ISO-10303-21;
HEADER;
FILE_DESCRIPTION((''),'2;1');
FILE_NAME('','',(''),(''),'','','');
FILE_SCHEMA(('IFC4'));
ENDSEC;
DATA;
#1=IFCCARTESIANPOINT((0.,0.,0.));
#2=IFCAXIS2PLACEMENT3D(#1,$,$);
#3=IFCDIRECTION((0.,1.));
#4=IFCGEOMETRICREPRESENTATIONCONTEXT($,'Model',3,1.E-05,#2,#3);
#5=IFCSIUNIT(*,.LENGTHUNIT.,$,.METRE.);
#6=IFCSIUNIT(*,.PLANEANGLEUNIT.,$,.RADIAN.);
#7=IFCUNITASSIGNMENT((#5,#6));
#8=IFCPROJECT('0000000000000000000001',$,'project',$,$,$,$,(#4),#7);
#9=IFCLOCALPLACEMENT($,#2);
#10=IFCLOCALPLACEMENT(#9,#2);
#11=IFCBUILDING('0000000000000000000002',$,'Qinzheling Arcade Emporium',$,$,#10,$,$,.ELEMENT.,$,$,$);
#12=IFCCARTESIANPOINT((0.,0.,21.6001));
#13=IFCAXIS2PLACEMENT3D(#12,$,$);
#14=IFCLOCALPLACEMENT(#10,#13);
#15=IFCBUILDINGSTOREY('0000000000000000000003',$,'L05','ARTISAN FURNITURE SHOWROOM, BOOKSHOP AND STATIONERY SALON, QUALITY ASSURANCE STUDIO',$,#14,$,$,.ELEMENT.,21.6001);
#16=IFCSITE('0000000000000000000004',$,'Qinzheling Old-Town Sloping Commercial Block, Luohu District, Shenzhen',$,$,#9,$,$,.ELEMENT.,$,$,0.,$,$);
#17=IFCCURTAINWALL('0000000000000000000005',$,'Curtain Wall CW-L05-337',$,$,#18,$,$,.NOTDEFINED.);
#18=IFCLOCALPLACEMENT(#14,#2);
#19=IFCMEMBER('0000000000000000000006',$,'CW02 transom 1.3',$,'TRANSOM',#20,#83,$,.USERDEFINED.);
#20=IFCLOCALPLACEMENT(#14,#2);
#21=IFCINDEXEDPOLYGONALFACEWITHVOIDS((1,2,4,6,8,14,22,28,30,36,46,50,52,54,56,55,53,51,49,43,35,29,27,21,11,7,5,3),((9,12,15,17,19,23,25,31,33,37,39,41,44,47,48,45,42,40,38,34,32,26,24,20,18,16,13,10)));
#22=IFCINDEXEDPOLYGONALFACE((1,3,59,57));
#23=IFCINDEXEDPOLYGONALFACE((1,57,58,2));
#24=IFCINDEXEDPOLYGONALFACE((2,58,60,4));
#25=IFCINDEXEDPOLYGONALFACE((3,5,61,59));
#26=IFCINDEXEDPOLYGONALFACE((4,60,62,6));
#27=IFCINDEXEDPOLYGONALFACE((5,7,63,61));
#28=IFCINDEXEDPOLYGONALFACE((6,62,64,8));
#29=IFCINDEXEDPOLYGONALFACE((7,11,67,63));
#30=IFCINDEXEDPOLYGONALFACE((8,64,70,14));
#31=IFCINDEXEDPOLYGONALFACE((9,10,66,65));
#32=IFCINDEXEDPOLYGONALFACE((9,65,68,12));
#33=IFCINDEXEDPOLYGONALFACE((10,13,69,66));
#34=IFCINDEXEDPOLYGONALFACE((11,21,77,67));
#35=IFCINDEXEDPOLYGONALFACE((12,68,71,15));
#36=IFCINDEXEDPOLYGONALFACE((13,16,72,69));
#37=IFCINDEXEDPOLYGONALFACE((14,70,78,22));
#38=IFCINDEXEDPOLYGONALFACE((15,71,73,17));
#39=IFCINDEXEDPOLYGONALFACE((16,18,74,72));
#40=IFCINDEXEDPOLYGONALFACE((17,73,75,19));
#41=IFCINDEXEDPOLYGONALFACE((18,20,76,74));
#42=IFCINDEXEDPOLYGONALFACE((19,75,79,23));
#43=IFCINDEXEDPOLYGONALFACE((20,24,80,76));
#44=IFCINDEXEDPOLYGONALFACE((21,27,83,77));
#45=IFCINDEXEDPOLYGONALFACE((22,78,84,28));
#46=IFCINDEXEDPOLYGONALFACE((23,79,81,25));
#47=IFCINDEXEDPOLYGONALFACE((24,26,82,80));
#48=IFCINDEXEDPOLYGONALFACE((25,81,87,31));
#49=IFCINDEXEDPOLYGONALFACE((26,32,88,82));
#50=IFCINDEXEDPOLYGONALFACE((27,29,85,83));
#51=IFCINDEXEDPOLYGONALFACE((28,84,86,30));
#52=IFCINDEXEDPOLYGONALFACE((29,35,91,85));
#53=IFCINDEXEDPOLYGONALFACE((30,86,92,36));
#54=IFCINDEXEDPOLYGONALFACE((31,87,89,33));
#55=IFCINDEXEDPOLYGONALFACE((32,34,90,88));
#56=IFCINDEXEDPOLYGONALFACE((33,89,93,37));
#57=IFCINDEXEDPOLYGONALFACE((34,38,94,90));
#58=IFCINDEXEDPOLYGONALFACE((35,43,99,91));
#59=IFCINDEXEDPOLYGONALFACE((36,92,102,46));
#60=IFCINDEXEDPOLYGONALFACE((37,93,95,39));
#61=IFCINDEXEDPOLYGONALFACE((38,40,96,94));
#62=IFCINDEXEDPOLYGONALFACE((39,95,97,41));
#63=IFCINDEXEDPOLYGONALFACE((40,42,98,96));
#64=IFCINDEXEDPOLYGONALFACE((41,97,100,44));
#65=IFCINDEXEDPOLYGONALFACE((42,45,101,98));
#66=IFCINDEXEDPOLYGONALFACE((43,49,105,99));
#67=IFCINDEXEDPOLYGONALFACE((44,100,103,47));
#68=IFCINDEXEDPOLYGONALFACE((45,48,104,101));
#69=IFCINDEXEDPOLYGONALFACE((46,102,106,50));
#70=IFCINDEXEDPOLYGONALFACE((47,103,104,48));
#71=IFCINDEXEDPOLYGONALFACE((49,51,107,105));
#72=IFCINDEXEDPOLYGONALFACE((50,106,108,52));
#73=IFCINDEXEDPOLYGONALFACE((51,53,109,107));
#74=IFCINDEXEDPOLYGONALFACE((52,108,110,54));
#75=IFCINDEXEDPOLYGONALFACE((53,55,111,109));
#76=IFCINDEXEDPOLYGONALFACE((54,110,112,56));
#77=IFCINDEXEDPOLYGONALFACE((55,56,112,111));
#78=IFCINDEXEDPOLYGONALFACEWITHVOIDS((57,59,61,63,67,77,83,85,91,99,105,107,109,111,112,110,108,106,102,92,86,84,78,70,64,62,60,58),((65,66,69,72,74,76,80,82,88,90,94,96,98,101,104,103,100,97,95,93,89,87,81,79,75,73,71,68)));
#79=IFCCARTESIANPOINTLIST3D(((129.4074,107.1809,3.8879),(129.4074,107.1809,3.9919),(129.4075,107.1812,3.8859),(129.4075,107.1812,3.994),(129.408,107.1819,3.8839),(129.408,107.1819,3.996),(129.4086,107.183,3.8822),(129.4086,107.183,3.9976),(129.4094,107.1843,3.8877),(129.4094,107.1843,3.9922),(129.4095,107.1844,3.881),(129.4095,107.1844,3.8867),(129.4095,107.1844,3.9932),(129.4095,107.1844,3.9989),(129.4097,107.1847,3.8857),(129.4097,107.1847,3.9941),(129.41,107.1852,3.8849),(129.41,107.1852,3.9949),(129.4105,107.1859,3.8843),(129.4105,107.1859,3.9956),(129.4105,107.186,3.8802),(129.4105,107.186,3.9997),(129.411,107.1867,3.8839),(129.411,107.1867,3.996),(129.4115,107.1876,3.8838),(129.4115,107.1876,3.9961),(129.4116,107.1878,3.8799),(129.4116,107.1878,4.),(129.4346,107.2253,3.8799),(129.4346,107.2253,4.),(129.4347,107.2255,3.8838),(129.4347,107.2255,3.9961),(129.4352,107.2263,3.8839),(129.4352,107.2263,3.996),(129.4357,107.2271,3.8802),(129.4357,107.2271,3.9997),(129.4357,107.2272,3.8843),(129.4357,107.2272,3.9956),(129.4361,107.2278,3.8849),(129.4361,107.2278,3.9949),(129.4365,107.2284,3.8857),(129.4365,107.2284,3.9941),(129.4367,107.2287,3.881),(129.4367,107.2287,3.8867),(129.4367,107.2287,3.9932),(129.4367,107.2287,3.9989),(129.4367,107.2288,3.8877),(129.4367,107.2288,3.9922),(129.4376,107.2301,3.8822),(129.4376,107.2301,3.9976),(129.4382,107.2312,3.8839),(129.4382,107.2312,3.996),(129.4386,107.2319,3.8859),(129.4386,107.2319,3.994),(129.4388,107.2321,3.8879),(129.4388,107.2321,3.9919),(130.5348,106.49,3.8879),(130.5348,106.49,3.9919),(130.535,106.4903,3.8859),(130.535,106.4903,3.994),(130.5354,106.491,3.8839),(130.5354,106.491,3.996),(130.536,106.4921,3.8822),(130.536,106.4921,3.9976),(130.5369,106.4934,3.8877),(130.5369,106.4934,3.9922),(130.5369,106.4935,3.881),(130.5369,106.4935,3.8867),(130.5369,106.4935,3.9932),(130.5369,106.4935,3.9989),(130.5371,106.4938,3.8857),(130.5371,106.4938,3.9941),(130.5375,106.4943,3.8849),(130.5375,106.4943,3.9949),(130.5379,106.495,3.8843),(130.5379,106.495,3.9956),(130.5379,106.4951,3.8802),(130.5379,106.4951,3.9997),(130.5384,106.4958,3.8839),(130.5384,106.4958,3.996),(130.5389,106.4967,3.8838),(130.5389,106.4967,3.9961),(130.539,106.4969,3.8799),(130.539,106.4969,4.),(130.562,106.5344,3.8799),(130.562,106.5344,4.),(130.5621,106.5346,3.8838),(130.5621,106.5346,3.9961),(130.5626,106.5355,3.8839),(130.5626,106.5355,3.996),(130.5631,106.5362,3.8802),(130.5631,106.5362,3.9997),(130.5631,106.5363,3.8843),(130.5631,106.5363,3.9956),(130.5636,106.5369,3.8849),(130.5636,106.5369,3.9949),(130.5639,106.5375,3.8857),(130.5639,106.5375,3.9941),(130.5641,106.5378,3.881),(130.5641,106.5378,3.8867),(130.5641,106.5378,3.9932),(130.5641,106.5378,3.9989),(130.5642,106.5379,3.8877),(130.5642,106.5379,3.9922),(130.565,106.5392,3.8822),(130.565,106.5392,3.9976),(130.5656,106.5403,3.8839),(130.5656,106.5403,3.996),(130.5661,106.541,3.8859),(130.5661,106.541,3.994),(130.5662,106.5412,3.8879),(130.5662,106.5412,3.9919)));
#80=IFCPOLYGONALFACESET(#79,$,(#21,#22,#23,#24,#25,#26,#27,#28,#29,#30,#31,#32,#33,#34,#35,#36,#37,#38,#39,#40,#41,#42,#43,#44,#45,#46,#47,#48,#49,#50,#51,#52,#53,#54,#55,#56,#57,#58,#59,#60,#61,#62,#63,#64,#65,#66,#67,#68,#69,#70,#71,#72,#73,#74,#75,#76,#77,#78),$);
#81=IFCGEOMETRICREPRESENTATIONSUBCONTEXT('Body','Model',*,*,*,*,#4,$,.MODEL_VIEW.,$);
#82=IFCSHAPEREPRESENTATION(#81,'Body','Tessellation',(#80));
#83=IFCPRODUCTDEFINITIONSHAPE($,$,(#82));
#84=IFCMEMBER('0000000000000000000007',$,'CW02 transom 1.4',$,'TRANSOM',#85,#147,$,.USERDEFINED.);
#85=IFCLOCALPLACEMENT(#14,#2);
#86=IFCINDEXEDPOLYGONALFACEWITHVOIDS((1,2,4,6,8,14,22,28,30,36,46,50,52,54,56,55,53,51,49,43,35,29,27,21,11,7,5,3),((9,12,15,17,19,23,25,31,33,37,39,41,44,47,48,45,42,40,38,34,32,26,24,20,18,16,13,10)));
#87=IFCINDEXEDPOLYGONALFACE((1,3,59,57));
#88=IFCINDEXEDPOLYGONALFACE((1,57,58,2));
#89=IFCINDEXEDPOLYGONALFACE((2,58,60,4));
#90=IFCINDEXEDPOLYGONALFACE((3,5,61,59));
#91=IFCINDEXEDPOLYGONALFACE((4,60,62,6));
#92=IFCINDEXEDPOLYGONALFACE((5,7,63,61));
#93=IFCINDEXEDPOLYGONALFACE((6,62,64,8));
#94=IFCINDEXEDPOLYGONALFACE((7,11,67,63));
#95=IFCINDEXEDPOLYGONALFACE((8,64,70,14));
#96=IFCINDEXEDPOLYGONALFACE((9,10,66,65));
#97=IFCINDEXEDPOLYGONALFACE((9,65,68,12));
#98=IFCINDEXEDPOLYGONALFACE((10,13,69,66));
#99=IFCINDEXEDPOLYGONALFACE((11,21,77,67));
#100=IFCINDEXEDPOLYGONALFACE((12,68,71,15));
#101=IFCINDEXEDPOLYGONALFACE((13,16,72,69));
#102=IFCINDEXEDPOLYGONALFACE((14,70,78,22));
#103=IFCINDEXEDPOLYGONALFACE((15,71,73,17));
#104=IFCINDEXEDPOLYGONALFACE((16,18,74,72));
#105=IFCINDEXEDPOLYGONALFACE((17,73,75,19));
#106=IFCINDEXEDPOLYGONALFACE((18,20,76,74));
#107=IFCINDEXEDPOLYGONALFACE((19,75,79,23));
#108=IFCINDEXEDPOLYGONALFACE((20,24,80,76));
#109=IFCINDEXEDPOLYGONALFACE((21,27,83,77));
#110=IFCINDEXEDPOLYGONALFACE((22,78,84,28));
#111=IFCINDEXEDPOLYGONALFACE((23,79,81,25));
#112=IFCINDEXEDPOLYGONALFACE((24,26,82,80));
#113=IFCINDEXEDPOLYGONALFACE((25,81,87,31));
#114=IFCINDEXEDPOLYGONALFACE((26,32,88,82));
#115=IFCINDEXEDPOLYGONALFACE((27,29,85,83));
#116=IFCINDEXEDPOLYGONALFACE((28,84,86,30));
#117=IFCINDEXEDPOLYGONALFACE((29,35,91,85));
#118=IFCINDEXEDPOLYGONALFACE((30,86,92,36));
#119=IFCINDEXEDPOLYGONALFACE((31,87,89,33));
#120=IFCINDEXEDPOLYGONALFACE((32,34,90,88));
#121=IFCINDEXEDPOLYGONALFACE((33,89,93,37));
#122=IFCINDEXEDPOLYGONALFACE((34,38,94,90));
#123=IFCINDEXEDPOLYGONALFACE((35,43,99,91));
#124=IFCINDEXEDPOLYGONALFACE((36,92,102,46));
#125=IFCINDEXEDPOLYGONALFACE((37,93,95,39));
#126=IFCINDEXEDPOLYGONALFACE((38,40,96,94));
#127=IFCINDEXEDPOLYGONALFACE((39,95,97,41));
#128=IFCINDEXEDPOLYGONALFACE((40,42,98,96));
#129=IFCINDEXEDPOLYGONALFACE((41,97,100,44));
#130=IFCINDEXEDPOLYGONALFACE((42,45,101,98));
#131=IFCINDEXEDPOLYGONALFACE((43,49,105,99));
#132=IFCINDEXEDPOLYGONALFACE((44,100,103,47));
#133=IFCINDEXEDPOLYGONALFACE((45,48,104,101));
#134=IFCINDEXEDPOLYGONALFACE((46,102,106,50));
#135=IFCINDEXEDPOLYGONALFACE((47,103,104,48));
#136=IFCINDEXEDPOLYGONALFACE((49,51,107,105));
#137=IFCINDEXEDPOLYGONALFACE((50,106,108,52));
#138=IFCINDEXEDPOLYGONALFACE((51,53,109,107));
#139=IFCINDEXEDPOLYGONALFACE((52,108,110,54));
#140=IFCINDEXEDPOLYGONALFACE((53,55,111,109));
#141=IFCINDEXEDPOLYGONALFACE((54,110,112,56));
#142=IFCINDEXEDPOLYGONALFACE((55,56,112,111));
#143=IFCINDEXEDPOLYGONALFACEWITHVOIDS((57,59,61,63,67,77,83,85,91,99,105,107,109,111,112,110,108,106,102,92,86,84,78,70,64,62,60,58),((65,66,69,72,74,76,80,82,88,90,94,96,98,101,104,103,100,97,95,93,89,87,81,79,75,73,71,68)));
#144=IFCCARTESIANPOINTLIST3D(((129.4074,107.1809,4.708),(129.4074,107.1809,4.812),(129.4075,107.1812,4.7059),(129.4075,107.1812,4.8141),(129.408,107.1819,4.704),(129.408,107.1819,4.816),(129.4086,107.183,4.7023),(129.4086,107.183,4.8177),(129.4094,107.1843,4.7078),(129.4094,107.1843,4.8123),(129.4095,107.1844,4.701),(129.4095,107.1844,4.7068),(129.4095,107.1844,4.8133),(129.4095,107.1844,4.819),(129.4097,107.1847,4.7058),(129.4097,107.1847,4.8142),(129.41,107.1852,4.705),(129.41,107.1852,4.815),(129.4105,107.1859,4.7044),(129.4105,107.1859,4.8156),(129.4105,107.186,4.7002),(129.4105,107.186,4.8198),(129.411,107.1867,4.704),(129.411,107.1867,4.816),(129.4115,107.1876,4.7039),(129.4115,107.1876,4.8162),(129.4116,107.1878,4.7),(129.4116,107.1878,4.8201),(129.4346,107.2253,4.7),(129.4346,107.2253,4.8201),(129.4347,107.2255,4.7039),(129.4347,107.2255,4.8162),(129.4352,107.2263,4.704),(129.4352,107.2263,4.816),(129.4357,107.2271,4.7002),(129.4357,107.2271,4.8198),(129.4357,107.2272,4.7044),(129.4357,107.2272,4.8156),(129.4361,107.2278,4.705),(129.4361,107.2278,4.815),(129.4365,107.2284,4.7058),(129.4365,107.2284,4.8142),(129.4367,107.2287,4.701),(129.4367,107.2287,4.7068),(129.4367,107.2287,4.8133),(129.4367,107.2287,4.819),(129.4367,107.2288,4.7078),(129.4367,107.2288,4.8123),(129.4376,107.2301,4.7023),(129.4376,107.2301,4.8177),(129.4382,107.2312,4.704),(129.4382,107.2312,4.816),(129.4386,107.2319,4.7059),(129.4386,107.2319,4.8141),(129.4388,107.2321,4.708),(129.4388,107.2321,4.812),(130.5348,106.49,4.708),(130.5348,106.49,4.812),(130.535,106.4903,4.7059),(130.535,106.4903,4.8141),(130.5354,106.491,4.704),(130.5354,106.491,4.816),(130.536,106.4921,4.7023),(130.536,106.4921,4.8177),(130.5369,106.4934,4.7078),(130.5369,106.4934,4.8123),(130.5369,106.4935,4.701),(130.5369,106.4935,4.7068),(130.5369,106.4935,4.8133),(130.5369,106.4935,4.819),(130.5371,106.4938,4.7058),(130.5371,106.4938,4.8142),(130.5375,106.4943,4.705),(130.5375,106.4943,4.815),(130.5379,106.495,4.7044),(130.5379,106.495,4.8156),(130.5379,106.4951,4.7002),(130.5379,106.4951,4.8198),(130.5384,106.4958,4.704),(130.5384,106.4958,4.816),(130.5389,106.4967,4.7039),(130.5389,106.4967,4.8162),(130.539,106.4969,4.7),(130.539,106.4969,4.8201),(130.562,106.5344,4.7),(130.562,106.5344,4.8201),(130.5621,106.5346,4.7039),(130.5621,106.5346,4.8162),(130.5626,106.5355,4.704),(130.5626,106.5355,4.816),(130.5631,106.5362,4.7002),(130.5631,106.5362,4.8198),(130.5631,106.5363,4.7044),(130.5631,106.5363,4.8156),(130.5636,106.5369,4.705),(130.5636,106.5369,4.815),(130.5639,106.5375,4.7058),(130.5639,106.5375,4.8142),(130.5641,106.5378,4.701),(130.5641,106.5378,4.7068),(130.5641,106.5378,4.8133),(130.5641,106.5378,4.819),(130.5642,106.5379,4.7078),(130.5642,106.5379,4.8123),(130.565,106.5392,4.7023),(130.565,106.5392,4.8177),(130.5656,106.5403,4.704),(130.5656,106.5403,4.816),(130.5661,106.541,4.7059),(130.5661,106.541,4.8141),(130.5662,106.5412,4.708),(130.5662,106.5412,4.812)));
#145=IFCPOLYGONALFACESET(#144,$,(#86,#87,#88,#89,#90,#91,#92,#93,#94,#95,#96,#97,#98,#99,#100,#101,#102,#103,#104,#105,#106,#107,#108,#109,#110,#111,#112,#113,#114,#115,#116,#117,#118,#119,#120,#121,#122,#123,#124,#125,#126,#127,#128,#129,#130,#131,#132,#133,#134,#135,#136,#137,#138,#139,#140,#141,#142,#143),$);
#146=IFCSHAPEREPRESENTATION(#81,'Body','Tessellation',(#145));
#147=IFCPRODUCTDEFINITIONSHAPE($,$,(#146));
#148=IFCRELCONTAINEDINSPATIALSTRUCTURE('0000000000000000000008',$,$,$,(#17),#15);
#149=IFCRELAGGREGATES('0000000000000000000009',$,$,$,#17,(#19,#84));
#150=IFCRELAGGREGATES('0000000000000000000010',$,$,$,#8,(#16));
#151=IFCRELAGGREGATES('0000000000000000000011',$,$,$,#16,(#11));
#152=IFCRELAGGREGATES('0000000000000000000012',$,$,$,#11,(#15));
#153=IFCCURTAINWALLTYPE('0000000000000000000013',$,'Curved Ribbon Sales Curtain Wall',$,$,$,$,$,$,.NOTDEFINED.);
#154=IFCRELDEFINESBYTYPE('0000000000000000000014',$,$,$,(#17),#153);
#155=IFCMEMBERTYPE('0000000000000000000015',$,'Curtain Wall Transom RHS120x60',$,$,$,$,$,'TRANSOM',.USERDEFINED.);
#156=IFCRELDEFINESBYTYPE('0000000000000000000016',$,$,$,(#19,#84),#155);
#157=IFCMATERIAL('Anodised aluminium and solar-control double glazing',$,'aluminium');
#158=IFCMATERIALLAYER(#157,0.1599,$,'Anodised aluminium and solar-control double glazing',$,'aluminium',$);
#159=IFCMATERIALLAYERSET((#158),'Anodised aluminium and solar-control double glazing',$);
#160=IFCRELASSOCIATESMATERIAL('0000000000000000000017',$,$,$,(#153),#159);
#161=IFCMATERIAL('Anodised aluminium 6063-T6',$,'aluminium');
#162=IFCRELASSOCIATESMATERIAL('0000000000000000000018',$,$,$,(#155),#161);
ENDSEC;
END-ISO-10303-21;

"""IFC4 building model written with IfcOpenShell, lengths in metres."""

from ifc_helpers import new_model, si_unit, direction, frame, origin, origin_2d, place, context, subcontext, project, spatial, hollow_rectangle, extrude, material, layer, layer_set, material_profile, profile_set, type_object, element, aggregate, save


model = new_model("IFC4")

# Units and contexts
model_context = context("Model", 3, precision=1e-05, world=origin(), true_north=direction((0.0, 1.0)))
body_context = subcontext(model_context, "Body", "Model", "MODEL_VIEW")
ifc_project = project(units=[si_unit("LENGTHUNIT", "METRE"), si_unit("PLANEANGLEUNIT", "RADIAN")], contexts=[model_context])

# Site, building, storey
site_placement = place(None, origin())
site = spatial("IfcSite", under=ifc_project, at=site_placement, Name="Qinzheling Old-Town Sloping Commercial Block, Luohu District, Shenzhen", CompositionType="ELEMENT", RefElevation=0.0)
building_placement = place(site_placement, origin())
building = spatial("IfcBuilding", under=site, at=building_placement, Name="Qinzheling Arcade Emporium", CompositionType="ELEMENT")
storey_placement = place(building_placement, frame((0.0, 0.0, 21.6001)))
storey = spatial("IfcBuildingStorey", under=building, at=storey_placement, Name="L05", Description="ARTISAN FURNITURE SHOWROOM, BOOKSHOP AND STATIONERY SALON, QUALITY ASSURANCE STUDIO", CompositionType="ELEMENT", Elevation=21.6001)

# Shared definitions
ifc_material_1 = material(Name="Anodised aluminium and solar-control double glazing", Category="aluminium")
ifc_layer_1 = layer(ifc_material_1, 0.1599, Name="Anodised aluminium and solar-control double glazing", Category="aluminium")
ifc_layer_set_1 = layer_set([ifc_layer_1], Name="Anodised aluminium and solar-control double glazing")
curtain_wall_type = type_object("IfcCurtainWallType", Name="Curved Ribbon Sales Curtain Wall", PredefinedType="NOTDEFINED", material=ifc_layer_set_1)
ifc_material_2 = material(Name="Anodised aluminium 6063-T6", Category="aluminium")

# Curtain wall
curtain_wall_1_placement = place(storey_placement, origin())
curtain_wall_1 = element("IfcCurtainWall", 1, at=curtain_wall_1_placement, inside=storey, type_object=curtain_wall_type, Name="Curtain Wall CW-L05-337", PredefinedType="NOTDEFINED")

# Members
ifc_material_profile_1 = material_profile(ifc_material_2, hollow_rectangle(XDim=0.0601, YDim=0.1201, WallThickness=0.0039, InnerFilletRadius=0.0039, OuterFilletRadius=0.0081, at=origin_2d()), Name="RHS 120x60x4", Category="aluminium")
ifc_profile_set_1 = profile_set([ifc_material_profile_1], Name="Anodised aluminium 6063-T6")
member_type_1 = type_object("IfcMemberType", Name="Curtain Wall Transom RHS120x60", ElementType="TRANSOM", PredefinedType="USERDEFINED", material=ifc_profile_set_1)
member_1_placement = place(storey_placement, frame((129.4231, 107.2065, 3.9399), z_axis=(0.852633, -0.52251, 0.0), x_axis=(0.52251, 0.852633, 0.0)))
member_1 = element("IfcMember", 2, at=member_1_placement, type_object=member_type_1, Name="CW02 transom 1.3", ObjectType="TRANSOM", PredefinedType="USERDEFINED", context=body_context, shape_type="SweptSolid", body=[
    extrude(hollow_rectangle(XDim=0.0601, YDim=0.1201, WallThickness=0.0039, InnerFilletRadius=0.0039, OuterFilletRadius=0.0081, at=origin_2d()), origin(), (0.0, 0.0, 1.0), 1.3223),
])
member_2_placement = place(storey_placement, frame((129.4231, 107.2065, 4.76), z_axis=(0.852633, -0.52251, 0.0), x_axis=(0.52251, 0.852633, 0.0)))
member_2 = element("IfcMember", 3, at=member_2_placement, type_object=member_type_1, Name="CW02 transom 1.4", ObjectType="TRANSOM", PredefinedType="USERDEFINED", context=body_context, shape_type="SweptSolid", body=[
    extrude(hollow_rectangle(XDim=0.0601, YDim=0.1201, WallThickness=0.0039, InnerFilletRadius=0.0039, OuterFilletRadius=0.0081, at=origin_2d()), origin(), (0.0, 0.0, 1.0), 1.3223),
])

aggregate(curtain_wall_1, [member_1, member_2])

save(model, "model.ifc")
